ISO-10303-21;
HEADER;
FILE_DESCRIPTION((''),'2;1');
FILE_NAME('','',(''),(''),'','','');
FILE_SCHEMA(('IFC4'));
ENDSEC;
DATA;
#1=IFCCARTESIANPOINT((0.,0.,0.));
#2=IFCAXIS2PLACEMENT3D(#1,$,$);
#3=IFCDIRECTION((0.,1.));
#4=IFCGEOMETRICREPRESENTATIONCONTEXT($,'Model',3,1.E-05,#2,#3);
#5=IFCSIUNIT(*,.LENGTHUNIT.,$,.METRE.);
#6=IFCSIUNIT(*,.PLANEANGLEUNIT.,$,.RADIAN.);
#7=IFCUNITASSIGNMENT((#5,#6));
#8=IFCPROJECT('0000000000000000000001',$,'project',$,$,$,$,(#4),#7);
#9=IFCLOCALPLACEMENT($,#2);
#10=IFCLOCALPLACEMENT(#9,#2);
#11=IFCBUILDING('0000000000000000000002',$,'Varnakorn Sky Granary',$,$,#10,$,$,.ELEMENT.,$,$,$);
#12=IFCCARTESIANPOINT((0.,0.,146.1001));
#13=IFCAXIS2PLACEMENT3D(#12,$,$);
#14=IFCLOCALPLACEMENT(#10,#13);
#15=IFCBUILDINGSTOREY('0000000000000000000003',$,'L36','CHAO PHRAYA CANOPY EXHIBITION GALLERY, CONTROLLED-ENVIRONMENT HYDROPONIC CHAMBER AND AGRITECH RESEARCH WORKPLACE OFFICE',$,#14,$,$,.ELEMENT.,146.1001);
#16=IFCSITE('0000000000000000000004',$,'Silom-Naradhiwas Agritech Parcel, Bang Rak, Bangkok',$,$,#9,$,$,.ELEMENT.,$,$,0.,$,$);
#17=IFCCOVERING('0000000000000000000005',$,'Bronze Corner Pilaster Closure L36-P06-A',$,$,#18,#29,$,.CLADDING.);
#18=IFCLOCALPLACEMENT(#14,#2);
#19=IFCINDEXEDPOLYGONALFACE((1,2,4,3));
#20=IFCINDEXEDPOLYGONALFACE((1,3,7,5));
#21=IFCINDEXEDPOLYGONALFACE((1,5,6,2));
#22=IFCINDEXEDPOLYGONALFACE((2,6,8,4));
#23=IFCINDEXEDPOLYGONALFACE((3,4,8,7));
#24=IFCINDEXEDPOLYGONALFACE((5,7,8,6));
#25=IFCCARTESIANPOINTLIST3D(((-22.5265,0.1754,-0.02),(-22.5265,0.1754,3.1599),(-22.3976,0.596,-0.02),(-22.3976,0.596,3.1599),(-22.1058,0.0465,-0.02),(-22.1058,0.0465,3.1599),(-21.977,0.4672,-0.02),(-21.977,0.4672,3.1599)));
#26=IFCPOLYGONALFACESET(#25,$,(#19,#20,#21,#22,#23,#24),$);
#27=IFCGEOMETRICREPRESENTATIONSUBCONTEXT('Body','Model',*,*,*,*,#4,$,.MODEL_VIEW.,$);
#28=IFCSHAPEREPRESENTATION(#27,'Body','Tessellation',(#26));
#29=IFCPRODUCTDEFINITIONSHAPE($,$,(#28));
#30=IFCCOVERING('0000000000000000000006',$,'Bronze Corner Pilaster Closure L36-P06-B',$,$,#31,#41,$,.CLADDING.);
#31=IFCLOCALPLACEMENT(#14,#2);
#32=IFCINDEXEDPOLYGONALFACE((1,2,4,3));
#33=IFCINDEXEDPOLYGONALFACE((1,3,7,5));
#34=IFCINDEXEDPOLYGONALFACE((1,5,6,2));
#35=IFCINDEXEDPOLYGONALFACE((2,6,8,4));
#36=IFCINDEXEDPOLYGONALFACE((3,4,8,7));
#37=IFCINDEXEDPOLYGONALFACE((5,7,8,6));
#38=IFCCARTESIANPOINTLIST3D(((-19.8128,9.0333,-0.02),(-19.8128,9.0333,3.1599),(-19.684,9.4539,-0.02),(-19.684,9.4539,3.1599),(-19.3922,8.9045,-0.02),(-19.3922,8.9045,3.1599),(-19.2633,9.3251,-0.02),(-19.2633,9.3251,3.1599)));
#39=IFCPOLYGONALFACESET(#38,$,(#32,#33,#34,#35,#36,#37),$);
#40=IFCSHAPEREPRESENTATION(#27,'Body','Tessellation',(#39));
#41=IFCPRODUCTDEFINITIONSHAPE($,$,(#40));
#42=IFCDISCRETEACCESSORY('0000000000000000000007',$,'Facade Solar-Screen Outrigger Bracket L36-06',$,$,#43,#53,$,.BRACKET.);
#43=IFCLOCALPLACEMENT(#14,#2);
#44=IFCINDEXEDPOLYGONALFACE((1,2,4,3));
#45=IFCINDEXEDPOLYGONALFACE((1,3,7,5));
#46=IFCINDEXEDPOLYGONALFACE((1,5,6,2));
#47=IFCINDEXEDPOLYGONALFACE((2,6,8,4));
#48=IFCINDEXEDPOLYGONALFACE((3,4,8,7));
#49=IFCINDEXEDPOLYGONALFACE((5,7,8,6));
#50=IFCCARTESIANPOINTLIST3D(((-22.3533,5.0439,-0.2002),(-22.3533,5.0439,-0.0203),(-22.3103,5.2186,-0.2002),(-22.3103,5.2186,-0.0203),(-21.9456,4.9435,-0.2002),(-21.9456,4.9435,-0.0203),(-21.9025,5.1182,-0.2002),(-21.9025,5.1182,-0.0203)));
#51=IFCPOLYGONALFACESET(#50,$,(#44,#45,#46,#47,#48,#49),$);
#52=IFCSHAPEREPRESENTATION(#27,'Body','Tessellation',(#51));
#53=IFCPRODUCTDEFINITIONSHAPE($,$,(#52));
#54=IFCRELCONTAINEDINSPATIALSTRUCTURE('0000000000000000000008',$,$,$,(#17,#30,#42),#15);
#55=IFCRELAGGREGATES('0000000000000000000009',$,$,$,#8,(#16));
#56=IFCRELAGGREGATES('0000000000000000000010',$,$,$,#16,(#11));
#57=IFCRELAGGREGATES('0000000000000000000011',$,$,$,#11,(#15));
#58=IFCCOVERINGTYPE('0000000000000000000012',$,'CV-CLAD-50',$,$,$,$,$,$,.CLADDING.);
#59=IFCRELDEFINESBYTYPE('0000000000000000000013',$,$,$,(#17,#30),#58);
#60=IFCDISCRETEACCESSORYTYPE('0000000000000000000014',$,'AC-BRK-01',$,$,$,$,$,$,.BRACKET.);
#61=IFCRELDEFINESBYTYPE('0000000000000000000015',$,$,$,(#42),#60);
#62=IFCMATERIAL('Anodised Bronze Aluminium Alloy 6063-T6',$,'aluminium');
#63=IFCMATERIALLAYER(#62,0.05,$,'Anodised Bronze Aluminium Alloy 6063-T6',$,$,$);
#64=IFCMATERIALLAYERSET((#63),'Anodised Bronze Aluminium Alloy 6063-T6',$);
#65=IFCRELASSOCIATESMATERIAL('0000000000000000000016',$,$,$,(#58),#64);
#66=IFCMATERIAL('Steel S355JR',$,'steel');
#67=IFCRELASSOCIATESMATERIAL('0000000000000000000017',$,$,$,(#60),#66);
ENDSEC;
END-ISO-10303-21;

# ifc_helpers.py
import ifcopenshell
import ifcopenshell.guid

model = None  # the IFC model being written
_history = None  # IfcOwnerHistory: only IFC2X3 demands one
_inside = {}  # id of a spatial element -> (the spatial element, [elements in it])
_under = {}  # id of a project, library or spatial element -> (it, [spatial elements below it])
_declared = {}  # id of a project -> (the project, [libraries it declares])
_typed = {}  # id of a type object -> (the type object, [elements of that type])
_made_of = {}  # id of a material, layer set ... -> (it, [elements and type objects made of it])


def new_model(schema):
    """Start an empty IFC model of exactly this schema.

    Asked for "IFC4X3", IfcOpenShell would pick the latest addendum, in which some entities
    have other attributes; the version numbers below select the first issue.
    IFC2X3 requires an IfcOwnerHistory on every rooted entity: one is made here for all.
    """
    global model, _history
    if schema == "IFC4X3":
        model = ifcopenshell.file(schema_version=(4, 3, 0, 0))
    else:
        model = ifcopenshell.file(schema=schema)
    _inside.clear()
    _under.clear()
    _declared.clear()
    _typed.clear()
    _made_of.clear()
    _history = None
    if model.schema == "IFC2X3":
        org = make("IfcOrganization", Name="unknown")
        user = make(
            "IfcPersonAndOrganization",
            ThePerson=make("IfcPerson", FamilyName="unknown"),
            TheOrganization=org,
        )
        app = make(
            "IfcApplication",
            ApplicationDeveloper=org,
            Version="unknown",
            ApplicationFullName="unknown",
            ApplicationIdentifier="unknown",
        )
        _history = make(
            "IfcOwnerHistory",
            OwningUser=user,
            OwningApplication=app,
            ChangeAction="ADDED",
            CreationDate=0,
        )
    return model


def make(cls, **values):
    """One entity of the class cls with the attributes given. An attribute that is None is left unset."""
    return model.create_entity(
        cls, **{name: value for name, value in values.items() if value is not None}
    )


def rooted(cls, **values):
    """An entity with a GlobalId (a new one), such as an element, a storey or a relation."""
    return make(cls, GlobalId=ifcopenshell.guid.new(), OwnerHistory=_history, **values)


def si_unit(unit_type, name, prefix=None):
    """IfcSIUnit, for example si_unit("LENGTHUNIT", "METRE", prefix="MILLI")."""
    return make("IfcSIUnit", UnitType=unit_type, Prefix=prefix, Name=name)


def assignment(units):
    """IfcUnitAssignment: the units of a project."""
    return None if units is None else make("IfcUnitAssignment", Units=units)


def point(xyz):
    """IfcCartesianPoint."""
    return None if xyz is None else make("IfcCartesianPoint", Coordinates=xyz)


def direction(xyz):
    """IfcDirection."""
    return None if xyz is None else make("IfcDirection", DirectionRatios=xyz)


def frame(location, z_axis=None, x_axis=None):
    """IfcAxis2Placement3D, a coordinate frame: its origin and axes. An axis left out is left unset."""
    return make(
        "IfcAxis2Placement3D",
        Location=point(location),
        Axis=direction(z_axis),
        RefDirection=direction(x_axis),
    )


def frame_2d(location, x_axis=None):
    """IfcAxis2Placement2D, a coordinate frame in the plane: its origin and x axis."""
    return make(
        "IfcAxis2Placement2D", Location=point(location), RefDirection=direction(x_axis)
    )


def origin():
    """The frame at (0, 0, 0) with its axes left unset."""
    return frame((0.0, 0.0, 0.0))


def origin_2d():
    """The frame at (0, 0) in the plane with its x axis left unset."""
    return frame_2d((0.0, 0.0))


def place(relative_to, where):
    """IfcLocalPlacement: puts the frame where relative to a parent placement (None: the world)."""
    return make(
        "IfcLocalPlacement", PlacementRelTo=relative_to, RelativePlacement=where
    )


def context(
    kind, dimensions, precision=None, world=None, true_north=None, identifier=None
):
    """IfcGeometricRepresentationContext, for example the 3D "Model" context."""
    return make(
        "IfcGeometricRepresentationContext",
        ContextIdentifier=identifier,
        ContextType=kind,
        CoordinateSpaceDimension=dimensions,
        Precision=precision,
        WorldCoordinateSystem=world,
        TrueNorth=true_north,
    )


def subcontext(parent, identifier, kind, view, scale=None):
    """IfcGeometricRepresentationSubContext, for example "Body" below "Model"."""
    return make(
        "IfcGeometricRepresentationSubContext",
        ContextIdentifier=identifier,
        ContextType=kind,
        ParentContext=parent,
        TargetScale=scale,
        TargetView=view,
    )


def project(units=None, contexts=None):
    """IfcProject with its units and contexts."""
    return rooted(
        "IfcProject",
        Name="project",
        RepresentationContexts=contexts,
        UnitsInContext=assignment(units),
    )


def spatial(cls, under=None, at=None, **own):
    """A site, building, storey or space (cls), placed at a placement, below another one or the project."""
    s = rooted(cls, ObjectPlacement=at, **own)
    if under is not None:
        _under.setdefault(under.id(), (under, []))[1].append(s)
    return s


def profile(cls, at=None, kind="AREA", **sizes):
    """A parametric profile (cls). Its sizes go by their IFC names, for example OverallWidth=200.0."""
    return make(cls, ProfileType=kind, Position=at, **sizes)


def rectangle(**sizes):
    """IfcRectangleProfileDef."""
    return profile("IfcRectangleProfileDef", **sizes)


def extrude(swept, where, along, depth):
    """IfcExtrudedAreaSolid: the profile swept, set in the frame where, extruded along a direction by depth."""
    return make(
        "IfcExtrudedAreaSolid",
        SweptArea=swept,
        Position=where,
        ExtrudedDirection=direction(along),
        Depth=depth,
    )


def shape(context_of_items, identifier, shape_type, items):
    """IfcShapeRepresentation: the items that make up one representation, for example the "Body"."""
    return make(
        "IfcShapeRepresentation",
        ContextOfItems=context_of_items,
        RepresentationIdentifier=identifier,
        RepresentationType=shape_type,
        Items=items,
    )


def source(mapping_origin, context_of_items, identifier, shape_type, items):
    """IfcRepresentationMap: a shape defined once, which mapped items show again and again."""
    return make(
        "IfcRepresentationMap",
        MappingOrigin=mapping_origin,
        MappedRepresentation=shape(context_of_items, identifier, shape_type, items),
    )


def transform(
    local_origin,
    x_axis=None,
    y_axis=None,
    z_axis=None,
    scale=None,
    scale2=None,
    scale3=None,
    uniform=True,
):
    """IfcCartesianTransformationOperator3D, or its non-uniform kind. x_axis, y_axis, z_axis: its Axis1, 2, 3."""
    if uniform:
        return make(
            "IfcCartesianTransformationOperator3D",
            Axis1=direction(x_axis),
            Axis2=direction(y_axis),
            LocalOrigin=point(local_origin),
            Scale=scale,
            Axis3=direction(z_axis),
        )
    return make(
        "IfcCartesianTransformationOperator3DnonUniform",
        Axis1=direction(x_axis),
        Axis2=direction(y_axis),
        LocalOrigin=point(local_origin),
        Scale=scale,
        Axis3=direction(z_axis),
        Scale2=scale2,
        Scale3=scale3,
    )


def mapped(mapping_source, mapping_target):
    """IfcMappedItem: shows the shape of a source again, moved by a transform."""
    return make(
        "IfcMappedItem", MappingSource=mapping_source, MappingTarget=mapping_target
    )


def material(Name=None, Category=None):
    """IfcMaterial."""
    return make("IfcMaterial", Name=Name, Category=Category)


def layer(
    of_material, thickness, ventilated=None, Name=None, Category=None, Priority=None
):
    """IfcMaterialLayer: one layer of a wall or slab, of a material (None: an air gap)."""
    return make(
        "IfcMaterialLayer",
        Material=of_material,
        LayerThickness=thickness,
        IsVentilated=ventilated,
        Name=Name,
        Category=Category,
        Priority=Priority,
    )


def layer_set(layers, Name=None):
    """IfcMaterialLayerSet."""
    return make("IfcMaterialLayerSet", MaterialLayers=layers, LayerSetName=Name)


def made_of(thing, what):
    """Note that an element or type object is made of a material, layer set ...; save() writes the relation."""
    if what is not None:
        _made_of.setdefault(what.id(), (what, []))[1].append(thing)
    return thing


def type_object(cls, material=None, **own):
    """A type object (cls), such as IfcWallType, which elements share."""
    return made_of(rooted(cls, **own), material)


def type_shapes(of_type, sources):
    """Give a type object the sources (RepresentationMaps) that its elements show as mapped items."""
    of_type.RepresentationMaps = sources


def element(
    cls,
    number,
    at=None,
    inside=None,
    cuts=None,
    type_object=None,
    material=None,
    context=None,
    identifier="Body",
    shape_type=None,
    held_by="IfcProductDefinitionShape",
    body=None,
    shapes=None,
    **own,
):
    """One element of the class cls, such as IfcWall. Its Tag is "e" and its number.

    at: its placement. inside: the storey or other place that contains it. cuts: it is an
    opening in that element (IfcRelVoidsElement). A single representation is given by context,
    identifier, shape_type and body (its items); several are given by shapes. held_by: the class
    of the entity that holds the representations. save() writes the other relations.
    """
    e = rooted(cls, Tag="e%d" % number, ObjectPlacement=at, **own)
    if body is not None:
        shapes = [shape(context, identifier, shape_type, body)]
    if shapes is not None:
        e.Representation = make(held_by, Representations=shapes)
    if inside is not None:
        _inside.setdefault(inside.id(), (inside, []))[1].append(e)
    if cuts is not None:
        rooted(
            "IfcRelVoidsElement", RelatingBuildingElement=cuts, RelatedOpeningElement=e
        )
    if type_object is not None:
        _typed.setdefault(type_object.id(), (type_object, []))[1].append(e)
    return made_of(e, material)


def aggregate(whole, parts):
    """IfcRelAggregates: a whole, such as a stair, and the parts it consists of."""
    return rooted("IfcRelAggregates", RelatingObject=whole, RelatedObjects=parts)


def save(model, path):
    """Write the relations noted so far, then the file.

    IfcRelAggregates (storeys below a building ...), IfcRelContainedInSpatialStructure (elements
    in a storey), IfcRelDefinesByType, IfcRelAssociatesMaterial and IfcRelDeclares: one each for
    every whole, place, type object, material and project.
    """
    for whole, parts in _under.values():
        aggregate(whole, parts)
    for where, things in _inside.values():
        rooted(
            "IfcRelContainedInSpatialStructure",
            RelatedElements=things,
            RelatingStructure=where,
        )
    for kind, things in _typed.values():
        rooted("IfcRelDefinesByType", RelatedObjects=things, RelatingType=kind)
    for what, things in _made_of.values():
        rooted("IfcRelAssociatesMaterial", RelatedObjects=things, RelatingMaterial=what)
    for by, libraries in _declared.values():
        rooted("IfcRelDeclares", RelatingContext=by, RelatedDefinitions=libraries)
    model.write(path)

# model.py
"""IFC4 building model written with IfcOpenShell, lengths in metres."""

from ifc_helpers import new_model, si_unit, direction, frame, origin, origin_2d, place, context, subcontext, project, spatial, rectangle, extrude, source, transform, mapped, material, layer, layer_set, type_object, type_shapes, element, save


model = new_model("IFC4")

# Units and contexts
model_context = context("Model", 3, precision=1e-05, world=origin(), true_north=direction((0.0, 1.0)))
body_context = subcontext(model_context, "Body", "Model", "MODEL_VIEW")
ifc_project = project(units=[si_unit("LENGTHUNIT", "METRE"), si_unit("PLANEANGLEUNIT", "RADIAN")], contexts=[model_context])

# Site, building, storey
site_placement = place(None, origin())
site = spatial("IfcSite", under=ifc_project, at=site_placement, Name="Silom-Naradhiwas Agritech Parcel, Bang Rak, Bangkok", CompositionType="ELEMENT", RefElevation=0.0)
building_placement = place(site_placement, origin())
building = spatial("IfcBuilding", under=site, at=building_placement, Name="Varnakorn Sky Granary", CompositionType="ELEMENT")
storey_placement = place(building_placement, frame((0.0, 0.0, 146.1001)))
storey = spatial("IfcBuildingStorey", under=building, at=storey_placement, Name="L36", Description="CHAO PHRAYA CANOPY EXHIBITION GALLERY, CONTROLLED-ENVIRONMENT HYDROPONIC CHAMBER AND AGRITECH RESEARCH WORKPLACE OFFICE", CompositionType="ELEMENT", Elevation=146.1001)

# Shared definitions
ifc_material_1 = material(Name="Steel S355JR", Category="steel")

# Shared definitions
ifc_material_2 = material(Name="Anodised Bronze Aluminium Alloy 6063-T6", Category="aluminium")

# Coverings
ifc_layer_1 = layer(ifc_material_2, 0.05, Name="Anodised Bronze Aluminium Alloy 6063-T6")
ifc_layer_set_1 = layer_set([ifc_layer_1], Name="Anodised Bronze Aluminium Alloy 6063-T6")
covering_type = type_object("IfcCoveringType", Name="CV-CLAD-50", PredefinedType="CLADDING", material=ifc_layer_set_1)
shared_shape_1 = source(origin(), body_context, "Body", "SweptSolid", [
    extrude(rectangle(XDim=0.4399, YDim=0.4399, at=origin_2d()), origin(), (0.0, 0.0, 1.0), 3.1799),
])
type_shapes(covering_type, [shared_shape_1])
for number, where, z_axis, x_axis, name in (
    (1, (-22.2517, 0.3213, -0.02), (0.0, 0.0, 1.0), (0.292872, 0.956152, 0.0), "Bronze Corner Pilaster Closure L36-P06-A"),
    (2, (-19.5381, 9.1792, -0.02), (0.0, 0.0, 1.0), (0.292872, 0.956152, 0.0), "Bronze Corner Pilaster Closure L36-P06-B"),
):
    element("IfcCovering", number, at=place(storey_placement, frame(where, z_axis=z_axis, x_axis=x_axis)), inside=storey, type_object=covering_type, Name=name, PredefinedType="CLADDING", context=body_context, shape_type="MappedRepresentation", body=[
        mapped(shared_shape_1, transform((0.0, 0.0, 0.0), x_axis=(1.0, 0.0, 0.0), y_axis=(0.0, 1.0, 0.0), z_axis=(0.0, 0.0, 1.0), scale=1.0)),
    ])

# Discrete accessory
discrete_accessory_type = type_object("IfcDiscreteAccessoryType", Name="AC-BRK-01", PredefinedType="BRACKET", material=ifc_material_1)
shared_shape_2 = source(origin(), body_context, "Body", "SweptSolid", [
    extrude(rectangle(XDim=0.1799, YDim=0.4199, at=origin_2d()), origin(), (0.0, 0.0, 1.0), 0.1799),
])
type_shapes(discrete_accessory_type, [shared_shape_2])
discrete_accessory_placement = place(storey_placement, frame((-22.1279, 5.0811, -0.2002), z_axis=(0.0, 0.0, 1.0), x_axis=(-0.239173, -0.970977, 0.0)))
element("IfcDiscreteAccessory", 3, at=discrete_accessory_placement, inside=storey, type_object=discrete_accessory_type, Name="Facade Solar-Screen Outrigger Bracket L36-06", PredefinedType="BRACKET", context=body_context, shape_type="MappedRepresentation", body=[
    mapped(shared_shape_2, transform((0.0, 0.0, 0.0), x_axis=(1.0, 0.0, 0.0), y_axis=(0.0, 1.0, 0.0), z_axis=(0.0, 0.0, 1.0), scale=1.0)),
])

save(model, "model.ifc")
